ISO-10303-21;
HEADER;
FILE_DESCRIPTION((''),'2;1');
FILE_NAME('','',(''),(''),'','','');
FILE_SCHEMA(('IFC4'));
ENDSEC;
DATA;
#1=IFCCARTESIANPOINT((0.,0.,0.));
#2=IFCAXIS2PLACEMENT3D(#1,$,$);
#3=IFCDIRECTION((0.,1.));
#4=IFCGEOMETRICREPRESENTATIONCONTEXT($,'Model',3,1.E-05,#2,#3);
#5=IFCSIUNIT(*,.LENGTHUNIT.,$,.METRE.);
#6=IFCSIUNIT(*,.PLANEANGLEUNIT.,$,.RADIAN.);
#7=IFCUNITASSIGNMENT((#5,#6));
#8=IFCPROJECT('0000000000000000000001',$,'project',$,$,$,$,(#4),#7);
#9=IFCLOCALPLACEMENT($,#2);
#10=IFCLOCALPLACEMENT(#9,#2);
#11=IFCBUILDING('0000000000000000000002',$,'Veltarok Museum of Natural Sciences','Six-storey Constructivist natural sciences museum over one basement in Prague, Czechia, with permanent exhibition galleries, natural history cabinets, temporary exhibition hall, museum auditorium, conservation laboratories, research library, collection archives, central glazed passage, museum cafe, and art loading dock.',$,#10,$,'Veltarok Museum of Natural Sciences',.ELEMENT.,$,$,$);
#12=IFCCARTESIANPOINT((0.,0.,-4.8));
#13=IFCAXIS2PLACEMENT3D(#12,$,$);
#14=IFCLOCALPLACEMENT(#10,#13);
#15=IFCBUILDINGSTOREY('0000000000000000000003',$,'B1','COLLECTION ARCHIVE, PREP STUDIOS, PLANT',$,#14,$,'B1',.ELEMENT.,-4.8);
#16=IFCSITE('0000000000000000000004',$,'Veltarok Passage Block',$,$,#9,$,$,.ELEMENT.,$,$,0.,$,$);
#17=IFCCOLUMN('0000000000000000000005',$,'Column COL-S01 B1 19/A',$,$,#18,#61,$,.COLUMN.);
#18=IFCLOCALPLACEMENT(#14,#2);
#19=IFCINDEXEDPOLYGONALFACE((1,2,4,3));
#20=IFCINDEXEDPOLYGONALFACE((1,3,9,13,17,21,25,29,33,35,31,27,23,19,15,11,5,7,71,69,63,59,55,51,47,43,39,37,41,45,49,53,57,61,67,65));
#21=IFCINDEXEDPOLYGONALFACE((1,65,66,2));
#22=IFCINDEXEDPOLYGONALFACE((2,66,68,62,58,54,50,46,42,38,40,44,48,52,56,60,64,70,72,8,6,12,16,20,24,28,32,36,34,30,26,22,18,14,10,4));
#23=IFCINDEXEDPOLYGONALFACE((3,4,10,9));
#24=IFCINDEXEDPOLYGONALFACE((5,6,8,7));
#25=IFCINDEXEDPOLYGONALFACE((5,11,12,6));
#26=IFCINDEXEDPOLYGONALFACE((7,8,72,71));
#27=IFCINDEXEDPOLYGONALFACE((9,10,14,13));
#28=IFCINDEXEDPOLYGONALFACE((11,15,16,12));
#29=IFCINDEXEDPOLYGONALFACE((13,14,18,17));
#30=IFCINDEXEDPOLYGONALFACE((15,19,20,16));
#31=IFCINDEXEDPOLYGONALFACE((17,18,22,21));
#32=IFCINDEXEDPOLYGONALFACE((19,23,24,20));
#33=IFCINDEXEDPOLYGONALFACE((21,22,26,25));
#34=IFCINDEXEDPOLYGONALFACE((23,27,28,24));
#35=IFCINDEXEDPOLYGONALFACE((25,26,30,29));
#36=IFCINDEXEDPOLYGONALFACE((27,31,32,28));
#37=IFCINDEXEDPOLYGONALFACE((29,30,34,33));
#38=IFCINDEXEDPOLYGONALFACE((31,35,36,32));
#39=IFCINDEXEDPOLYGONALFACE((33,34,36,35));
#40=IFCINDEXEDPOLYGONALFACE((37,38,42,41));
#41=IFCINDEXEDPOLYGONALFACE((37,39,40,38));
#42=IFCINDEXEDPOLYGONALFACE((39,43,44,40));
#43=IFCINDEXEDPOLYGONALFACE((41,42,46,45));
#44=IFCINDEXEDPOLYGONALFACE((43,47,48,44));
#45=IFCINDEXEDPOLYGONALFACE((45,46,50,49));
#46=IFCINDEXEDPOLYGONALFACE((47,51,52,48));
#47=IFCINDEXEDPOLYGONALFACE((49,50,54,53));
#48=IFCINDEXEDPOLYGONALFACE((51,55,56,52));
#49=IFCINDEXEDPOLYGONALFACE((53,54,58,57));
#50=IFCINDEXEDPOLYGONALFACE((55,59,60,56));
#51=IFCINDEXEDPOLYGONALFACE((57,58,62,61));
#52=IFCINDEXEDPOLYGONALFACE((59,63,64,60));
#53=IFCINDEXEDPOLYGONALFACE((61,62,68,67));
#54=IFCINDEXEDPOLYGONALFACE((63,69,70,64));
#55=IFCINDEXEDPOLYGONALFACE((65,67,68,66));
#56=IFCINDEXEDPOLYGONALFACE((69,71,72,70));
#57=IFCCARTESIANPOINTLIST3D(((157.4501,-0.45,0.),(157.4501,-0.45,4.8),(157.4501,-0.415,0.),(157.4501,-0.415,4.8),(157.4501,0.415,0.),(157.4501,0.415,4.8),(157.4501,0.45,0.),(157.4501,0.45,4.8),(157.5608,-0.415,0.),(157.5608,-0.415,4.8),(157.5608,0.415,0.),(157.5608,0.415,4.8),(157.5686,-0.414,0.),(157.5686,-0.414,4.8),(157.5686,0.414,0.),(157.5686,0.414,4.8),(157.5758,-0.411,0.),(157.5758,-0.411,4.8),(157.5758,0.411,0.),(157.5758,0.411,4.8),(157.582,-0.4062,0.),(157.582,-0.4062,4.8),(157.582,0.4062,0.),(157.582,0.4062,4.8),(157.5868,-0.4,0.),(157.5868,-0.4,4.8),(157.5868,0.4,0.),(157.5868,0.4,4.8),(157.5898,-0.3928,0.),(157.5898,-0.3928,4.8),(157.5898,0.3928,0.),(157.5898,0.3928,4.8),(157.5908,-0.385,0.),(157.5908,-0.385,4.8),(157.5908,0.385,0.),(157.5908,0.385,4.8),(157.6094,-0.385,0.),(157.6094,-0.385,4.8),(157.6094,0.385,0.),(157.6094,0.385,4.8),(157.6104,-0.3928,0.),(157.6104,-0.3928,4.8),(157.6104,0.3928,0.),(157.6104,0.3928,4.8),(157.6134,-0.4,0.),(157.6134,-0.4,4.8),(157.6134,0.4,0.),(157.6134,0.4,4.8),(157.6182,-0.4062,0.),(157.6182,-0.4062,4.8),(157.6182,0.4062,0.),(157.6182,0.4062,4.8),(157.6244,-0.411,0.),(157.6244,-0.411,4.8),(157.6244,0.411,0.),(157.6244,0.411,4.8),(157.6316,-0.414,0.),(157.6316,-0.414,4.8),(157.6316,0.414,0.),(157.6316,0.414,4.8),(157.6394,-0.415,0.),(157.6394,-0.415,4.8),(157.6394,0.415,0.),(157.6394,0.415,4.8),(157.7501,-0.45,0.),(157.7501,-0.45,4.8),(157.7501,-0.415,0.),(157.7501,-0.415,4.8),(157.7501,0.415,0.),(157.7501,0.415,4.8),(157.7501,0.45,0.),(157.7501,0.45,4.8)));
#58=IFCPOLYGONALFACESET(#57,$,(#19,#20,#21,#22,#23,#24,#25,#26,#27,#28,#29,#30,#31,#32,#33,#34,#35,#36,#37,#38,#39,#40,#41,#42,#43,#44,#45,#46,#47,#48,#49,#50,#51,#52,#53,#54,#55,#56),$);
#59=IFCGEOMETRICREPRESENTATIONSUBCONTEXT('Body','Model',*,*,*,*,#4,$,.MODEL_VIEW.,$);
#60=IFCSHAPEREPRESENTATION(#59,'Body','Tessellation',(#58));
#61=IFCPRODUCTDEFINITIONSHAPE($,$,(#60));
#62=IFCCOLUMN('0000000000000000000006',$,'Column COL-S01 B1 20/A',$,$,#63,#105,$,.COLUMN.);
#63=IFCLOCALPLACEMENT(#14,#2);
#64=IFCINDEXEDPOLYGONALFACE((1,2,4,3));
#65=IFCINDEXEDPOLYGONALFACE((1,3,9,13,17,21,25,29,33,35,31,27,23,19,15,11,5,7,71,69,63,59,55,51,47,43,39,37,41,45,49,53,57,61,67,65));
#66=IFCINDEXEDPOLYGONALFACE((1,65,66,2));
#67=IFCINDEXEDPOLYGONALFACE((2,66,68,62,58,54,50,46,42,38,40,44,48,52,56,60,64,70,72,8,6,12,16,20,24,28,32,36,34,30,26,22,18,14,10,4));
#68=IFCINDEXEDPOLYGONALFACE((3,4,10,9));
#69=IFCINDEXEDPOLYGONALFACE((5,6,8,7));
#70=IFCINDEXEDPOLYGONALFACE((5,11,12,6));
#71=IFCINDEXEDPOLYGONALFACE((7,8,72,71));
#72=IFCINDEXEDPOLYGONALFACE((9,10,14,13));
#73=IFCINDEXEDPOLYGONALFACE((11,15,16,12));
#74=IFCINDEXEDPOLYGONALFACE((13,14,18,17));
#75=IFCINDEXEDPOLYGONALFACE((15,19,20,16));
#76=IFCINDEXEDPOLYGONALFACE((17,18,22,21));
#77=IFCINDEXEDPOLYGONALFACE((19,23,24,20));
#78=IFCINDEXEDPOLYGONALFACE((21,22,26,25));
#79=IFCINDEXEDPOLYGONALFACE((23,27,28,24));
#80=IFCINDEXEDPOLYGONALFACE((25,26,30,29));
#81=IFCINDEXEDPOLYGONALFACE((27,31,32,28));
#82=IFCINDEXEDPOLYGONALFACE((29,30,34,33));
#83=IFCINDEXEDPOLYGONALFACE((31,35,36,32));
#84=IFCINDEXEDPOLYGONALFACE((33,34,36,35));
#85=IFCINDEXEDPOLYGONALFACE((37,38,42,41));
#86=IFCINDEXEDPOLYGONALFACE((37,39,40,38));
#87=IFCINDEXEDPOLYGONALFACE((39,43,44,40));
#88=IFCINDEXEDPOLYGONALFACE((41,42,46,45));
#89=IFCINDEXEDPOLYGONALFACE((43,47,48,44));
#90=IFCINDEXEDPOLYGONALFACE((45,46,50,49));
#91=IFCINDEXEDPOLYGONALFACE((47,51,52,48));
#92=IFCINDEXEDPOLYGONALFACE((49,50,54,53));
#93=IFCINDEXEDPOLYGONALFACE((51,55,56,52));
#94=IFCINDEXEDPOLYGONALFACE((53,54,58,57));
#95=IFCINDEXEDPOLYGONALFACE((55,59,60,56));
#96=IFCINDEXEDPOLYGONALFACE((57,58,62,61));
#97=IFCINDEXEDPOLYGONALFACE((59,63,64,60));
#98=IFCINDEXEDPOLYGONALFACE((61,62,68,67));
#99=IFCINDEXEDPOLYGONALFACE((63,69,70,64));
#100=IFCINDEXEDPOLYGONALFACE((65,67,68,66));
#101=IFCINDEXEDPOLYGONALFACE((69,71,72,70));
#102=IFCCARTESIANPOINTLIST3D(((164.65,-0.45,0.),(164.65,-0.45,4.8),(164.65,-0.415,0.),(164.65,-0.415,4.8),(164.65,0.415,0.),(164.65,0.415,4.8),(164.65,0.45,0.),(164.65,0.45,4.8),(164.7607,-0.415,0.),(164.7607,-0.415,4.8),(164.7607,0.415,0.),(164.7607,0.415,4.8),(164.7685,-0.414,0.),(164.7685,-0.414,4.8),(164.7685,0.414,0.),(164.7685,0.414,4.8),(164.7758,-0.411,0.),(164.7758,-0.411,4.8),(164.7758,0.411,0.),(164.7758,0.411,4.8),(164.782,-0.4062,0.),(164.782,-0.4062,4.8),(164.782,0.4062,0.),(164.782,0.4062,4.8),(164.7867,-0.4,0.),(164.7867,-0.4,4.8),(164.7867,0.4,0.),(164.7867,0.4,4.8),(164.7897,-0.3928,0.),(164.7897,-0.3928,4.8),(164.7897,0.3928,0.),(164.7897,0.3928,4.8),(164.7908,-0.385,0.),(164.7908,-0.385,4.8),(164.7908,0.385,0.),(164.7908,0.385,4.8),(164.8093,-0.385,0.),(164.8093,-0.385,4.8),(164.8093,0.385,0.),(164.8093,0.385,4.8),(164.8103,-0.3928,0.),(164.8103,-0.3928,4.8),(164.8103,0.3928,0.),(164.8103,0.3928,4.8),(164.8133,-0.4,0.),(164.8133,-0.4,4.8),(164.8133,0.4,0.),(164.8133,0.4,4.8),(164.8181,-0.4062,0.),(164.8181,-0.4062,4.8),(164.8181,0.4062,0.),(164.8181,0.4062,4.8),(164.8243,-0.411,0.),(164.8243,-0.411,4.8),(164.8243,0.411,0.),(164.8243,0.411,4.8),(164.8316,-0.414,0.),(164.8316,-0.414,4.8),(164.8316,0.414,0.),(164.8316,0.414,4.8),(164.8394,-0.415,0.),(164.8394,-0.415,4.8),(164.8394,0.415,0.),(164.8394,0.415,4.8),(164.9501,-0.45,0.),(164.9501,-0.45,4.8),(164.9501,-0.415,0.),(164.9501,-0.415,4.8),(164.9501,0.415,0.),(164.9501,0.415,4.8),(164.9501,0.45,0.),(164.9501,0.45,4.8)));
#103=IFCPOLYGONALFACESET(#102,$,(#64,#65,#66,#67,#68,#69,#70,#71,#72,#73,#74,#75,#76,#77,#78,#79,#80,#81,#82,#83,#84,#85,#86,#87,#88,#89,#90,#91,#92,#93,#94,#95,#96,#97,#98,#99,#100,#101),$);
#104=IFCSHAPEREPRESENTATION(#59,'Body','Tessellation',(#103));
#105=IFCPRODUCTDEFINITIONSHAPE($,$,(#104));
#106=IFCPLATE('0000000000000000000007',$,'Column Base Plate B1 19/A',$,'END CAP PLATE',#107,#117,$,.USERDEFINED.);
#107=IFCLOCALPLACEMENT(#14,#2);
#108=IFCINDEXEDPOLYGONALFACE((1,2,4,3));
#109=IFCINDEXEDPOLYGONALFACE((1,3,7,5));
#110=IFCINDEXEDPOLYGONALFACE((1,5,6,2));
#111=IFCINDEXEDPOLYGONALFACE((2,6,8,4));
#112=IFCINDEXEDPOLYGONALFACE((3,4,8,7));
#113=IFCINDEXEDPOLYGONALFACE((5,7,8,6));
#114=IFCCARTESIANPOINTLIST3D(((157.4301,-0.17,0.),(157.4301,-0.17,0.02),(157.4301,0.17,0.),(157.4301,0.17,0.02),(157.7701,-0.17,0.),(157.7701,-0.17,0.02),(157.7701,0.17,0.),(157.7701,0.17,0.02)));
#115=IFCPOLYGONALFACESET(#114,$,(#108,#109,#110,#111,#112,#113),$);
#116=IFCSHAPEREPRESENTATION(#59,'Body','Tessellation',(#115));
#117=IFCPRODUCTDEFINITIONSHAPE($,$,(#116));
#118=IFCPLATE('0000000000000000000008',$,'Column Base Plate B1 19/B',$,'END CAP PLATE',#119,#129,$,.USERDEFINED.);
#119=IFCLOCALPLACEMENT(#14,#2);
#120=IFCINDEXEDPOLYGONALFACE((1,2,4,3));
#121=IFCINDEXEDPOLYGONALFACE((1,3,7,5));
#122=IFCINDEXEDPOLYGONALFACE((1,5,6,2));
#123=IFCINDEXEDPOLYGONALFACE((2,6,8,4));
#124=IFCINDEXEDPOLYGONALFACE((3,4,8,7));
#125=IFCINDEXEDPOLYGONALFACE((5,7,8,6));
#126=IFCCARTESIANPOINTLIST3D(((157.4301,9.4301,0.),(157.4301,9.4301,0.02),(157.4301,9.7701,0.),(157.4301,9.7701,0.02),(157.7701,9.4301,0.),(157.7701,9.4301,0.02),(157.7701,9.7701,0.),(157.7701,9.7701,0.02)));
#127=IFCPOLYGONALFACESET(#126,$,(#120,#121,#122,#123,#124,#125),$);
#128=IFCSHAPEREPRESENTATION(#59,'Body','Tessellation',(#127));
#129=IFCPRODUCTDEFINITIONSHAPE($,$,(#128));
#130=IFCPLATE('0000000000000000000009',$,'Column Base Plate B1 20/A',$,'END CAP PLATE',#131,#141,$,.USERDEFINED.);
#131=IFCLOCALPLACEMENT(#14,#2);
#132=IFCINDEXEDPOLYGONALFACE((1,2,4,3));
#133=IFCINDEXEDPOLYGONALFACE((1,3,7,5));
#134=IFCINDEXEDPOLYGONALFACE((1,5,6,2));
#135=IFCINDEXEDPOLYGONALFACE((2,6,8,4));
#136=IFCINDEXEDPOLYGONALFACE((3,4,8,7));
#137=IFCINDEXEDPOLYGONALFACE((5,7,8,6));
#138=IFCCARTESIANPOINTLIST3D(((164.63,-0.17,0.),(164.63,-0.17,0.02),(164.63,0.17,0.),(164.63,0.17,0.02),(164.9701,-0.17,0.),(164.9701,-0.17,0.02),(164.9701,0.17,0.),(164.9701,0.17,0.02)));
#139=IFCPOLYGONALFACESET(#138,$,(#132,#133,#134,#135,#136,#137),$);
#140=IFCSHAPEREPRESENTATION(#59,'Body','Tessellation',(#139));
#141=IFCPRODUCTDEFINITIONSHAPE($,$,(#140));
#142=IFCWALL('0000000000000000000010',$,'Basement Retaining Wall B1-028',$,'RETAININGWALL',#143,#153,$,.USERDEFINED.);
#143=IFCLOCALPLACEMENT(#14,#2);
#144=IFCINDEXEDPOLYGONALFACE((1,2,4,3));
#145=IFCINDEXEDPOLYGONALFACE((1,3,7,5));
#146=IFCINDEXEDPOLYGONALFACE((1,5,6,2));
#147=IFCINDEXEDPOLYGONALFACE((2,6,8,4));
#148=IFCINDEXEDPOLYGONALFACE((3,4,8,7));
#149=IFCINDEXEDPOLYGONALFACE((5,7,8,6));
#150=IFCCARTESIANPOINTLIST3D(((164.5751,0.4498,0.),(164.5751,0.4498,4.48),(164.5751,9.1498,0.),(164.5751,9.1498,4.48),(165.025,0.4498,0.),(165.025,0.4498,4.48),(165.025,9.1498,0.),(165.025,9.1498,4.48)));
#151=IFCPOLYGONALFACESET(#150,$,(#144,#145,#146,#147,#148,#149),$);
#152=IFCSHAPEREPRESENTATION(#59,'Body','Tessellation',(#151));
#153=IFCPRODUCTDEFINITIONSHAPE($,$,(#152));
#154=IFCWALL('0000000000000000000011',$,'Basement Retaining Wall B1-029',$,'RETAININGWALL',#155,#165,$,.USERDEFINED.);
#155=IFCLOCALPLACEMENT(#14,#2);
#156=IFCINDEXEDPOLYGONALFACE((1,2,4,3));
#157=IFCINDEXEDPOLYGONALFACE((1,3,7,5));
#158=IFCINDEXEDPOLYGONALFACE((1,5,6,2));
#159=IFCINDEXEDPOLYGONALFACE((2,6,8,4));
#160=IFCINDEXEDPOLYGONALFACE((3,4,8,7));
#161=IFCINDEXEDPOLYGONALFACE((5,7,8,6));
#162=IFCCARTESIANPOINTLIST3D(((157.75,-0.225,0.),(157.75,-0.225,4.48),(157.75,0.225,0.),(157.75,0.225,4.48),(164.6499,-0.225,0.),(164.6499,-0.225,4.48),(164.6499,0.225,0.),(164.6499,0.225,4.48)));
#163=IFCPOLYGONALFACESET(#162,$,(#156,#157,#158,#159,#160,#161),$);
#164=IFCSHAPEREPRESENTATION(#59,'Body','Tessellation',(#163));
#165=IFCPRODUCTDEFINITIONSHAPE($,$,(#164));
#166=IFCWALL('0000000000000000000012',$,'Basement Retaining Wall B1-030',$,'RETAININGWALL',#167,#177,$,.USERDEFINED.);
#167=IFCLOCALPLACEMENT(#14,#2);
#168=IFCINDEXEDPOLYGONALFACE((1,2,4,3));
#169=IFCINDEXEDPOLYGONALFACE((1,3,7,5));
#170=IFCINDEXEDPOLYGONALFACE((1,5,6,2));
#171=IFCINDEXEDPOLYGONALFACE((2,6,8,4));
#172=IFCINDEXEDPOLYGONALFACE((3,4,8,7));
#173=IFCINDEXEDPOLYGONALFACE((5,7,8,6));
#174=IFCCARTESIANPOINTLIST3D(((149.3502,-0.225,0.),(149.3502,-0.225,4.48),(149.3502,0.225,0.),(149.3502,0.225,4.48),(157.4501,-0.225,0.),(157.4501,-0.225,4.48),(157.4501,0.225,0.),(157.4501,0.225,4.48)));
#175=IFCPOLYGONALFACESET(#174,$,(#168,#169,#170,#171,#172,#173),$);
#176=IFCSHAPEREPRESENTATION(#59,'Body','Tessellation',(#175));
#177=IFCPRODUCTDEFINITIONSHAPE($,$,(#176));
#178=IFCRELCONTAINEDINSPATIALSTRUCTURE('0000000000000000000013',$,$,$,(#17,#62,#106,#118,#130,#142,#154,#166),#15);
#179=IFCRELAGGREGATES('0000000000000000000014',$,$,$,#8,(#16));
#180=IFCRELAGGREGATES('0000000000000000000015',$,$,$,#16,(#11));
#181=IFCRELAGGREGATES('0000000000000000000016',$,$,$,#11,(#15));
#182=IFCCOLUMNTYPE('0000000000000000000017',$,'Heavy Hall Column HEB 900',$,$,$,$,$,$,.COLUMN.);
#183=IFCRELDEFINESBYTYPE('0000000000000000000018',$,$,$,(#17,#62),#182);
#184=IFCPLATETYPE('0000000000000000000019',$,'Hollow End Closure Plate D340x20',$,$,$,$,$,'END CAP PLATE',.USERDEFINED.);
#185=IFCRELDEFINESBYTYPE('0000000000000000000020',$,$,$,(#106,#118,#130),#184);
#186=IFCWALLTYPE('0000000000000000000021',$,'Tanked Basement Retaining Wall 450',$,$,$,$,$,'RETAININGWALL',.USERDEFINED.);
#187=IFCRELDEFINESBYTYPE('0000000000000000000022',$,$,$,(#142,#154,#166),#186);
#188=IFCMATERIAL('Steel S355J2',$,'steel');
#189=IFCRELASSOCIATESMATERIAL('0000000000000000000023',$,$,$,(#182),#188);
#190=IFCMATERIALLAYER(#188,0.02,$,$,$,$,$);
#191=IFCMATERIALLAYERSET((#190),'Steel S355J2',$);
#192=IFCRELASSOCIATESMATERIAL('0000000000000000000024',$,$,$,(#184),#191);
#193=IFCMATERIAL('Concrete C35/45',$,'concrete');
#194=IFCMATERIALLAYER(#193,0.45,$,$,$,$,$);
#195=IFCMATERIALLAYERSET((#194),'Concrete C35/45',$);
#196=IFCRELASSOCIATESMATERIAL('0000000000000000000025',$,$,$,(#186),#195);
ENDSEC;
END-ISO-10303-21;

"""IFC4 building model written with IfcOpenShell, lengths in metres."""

from ifc_helpers import new_model, si_unit, direction, frame, frame_2d, origin, origin_2d, place, context, subcontext, project, spatial, rectangle, i_section, extrude, material, layer, layer_set, material_profile, profile_set, type_object, element, save


model = new_model("IFC4")

# Units and contexts
model_context = context("Model", 3, precision=1e-05, world=origin(), true_north=direction((0.0, 1.0)))
body_context = subcontext(model_context, "Body", "Model", "MODEL_VIEW")
ifc_project = project(units=[si_unit("LENGTHUNIT", "METRE"), si_unit("PLANEANGLEUNIT", "RADIAN")], contexts=[model_context])

# Site, building, storey
site_placement = place(None, origin())
site = spatial("IfcSite", under=ifc_project, at=site_placement, Name="Veltarok Passage Block", CompositionType="ELEMENT", RefElevation=0.0)
building_placement = place(site_placement, origin())
building = spatial("IfcBuilding", under=site, at=building_placement, Name="Veltarok Museum of Natural Sciences", Description="Six-storey Constructivist natural sciences museum over one basement in Prague, Czechia, with permanent exhibition galleries, natural history cabinets, temporary exhibition hall, museum auditorium, conservation laboratories, research library, collection archives, central glazed passage, museum cafe, and art loading dock.", LongName="Veltarok Museum of Natural Sciences", CompositionType="ELEMENT")
storey_placement = place(building_placement, frame((0.0, 0.0, -4.8)))
storey = spatial("IfcBuildingStorey", under=building, at=storey_placement, Name="B1", Description="COLLECTION ARCHIVE, PREP STUDIOS, PLANT", LongName="B1", CompositionType="ELEMENT", Elevation=-4.8)

# Shared definitions
ifc_material_1 = material(Name="Concrete C35/45", Category="concrete")

# Columns
ifc_material_2 = material(Name="Steel S355J2", Category="steel")
ifc_material_profile_1 = material_profile(ifc_material_2, i_section(OverallWidth=0.3, OverallDepth=0.8999, WebThickness=0.0186, FlangeThickness=0.0349, FilletRadius=0.03, at=origin_2d()), Name="HEB 900")
ifc_profile_set_1 = profile_set([ifc_material_profile_1], Name="Steel S355J2")
column_type_1 = type_object("IfcColumnType", Name="Heavy Hall Column HEB 900", PredefinedType="COLUMN", material=ifc_profile_set_1)
for number, where, z_axis, x_axis, name in (
    (1, (157.6001, 0.0, 0.0), (0.0, 0.0, 1.0), (1.0, 0.0, 0.0), "Column COL-S01 B1 19/A"),
    (2, (164.8, 0.0, 0.0), (0.0, 0.0, 1.0), (1.0, 0.0, 0.0), "Column COL-S01 B1 20/A"),
):
    element("IfcColumn", number, at=place(storey_placement, frame(where, z_axis=z_axis, x_axis=x_axis)), inside=storey, type_object=column_type_1, Name=name, PredefinedType="COLUMN", context=body_context, shape_type="SweptSolid", body=[
        extrude(i_section(OverallWidth=0.3, OverallDepth=0.8999, WebThickness=0.0186, FlangeThickness=0.0349, FilletRadius=0.03, at=origin_2d()), origin(), (0.0, 0.0, 1.0), 4.8),
    ])

# Plates
ifc_layer_1 = layer(ifc_material_2, 0.02)
ifc_layer_set_1 = layer_set([ifc_layer_1], Name="Steel S355J2")
plate_type = type_object("IfcPlateType", Name="Hollow End Closure Plate D340x20", ElementType="END CAP PLATE", PredefinedType="USERDEFINED", material=ifc_layer_set_1)
for number, where, z_axis, x_axis, name in (
    (3, (157.6001, 0.0, 0.0), (0.0, 0.0, 1.0), (1.0, 0.0, 0.0), "Column Base Plate B1 19/A"),
    (4, (157.6001, 9.6001, 0.0), (0.0, 0.0, 1.0), (1.0, 0.0, 0.0), "Column Base Plate B1 19/B"),
    (5, (164.8, 0.0, 0.0), (0.0, 0.0, 1.0), (1.0, 0.0, 0.0), "Column Base Plate B1 20/A"),
):
    element("IfcPlate", number, at=place(storey_placement, frame(where, z_axis=z_axis, x_axis=x_axis)), inside=storey, type_object=plate_type, Name=name, ObjectType="END CAP PLATE", PredefinedType="USERDEFINED", context=body_context, shape_type="SweptSolid", body=[
        extrude(rectangle(XDim=0.3401, YDim=0.3401, at=origin_2d()), origin(), (0.0, 0.0, 1.0), 0.02),
    ])

# Walls
ifc_layer_2 = layer(ifc_material_1, 0.45)
ifc_layer_set_2 = layer_set([ifc_layer_2], Name="Concrete C35/45")
wall_type = type_object("IfcWallType", Name="Tanked Basement Retaining Wall 450", ElementType="RETAININGWALL", PredefinedType="USERDEFINED", material=ifc_layer_set_2)
wall_1_placement = place(storey_placement, frame((164.8, 9.1499, 0.0), z_axis=(0.0, 0.0, 1.0), x_axis=(0.0, -1.0, 0.0)))
element("IfcWall", 6, at=wall_1_placement, inside=storey, type_object=wall_type, Name="Basement Retaining Wall B1-028", ObjectType="RETAININGWALL", PredefinedType="USERDEFINED", context=body_context, shape_type="SweptSolid", body=[
    extrude(rectangle(XDim=8.7, YDim=0.45, at=frame_2d((4.3501, 0.0))), origin(), (0.0, 0.0, 1.0), 4.48),
])
wall_2_placement = place(storey_placement, frame((164.6499, 0.0, 0.0), z_axis=(0.0, 0.0, 1.0), x_axis=(-1.0, 0.0, 0.0)))
element("IfcWall", 7, at=wall_2_placement, inside=storey, type_object=wall_type, Name="Basement Retaining Wall B1-029", ObjectType="RETAININGWALL", PredefinedType="USERDEFINED", context=body_context, shape_type="SweptSolid", body=[
    extrude(rectangle(XDim=6.8999, YDim=0.45, at=frame_2d((3.45, 0.0))), origin(), (0.0, 0.0, 1.0), 4.48),
])
wall_3_placement = place(storey_placement, frame((157.45, 0.0, 0.0), z_axis=(0.0, 0.0, 1.0), x_axis=(-1.0, 0.0, 0.0)))
element("IfcWall", 8, at=wall_3_placement, inside=storey, type_object=wall_type, Name="Basement Retaining Wall B1-030", ObjectType="RETAININGWALL", PredefinedType="USERDEFINED", context=body_context, shape_type="SweptSolid", body=[
    extrude(rectangle(XDim=8.0999, YDim=0.45, at=frame_2d((4.0498, 0.0))), origin(), (0.0, 0.0, 1.0), 4.48),
])

save(model, "model.ifc")
